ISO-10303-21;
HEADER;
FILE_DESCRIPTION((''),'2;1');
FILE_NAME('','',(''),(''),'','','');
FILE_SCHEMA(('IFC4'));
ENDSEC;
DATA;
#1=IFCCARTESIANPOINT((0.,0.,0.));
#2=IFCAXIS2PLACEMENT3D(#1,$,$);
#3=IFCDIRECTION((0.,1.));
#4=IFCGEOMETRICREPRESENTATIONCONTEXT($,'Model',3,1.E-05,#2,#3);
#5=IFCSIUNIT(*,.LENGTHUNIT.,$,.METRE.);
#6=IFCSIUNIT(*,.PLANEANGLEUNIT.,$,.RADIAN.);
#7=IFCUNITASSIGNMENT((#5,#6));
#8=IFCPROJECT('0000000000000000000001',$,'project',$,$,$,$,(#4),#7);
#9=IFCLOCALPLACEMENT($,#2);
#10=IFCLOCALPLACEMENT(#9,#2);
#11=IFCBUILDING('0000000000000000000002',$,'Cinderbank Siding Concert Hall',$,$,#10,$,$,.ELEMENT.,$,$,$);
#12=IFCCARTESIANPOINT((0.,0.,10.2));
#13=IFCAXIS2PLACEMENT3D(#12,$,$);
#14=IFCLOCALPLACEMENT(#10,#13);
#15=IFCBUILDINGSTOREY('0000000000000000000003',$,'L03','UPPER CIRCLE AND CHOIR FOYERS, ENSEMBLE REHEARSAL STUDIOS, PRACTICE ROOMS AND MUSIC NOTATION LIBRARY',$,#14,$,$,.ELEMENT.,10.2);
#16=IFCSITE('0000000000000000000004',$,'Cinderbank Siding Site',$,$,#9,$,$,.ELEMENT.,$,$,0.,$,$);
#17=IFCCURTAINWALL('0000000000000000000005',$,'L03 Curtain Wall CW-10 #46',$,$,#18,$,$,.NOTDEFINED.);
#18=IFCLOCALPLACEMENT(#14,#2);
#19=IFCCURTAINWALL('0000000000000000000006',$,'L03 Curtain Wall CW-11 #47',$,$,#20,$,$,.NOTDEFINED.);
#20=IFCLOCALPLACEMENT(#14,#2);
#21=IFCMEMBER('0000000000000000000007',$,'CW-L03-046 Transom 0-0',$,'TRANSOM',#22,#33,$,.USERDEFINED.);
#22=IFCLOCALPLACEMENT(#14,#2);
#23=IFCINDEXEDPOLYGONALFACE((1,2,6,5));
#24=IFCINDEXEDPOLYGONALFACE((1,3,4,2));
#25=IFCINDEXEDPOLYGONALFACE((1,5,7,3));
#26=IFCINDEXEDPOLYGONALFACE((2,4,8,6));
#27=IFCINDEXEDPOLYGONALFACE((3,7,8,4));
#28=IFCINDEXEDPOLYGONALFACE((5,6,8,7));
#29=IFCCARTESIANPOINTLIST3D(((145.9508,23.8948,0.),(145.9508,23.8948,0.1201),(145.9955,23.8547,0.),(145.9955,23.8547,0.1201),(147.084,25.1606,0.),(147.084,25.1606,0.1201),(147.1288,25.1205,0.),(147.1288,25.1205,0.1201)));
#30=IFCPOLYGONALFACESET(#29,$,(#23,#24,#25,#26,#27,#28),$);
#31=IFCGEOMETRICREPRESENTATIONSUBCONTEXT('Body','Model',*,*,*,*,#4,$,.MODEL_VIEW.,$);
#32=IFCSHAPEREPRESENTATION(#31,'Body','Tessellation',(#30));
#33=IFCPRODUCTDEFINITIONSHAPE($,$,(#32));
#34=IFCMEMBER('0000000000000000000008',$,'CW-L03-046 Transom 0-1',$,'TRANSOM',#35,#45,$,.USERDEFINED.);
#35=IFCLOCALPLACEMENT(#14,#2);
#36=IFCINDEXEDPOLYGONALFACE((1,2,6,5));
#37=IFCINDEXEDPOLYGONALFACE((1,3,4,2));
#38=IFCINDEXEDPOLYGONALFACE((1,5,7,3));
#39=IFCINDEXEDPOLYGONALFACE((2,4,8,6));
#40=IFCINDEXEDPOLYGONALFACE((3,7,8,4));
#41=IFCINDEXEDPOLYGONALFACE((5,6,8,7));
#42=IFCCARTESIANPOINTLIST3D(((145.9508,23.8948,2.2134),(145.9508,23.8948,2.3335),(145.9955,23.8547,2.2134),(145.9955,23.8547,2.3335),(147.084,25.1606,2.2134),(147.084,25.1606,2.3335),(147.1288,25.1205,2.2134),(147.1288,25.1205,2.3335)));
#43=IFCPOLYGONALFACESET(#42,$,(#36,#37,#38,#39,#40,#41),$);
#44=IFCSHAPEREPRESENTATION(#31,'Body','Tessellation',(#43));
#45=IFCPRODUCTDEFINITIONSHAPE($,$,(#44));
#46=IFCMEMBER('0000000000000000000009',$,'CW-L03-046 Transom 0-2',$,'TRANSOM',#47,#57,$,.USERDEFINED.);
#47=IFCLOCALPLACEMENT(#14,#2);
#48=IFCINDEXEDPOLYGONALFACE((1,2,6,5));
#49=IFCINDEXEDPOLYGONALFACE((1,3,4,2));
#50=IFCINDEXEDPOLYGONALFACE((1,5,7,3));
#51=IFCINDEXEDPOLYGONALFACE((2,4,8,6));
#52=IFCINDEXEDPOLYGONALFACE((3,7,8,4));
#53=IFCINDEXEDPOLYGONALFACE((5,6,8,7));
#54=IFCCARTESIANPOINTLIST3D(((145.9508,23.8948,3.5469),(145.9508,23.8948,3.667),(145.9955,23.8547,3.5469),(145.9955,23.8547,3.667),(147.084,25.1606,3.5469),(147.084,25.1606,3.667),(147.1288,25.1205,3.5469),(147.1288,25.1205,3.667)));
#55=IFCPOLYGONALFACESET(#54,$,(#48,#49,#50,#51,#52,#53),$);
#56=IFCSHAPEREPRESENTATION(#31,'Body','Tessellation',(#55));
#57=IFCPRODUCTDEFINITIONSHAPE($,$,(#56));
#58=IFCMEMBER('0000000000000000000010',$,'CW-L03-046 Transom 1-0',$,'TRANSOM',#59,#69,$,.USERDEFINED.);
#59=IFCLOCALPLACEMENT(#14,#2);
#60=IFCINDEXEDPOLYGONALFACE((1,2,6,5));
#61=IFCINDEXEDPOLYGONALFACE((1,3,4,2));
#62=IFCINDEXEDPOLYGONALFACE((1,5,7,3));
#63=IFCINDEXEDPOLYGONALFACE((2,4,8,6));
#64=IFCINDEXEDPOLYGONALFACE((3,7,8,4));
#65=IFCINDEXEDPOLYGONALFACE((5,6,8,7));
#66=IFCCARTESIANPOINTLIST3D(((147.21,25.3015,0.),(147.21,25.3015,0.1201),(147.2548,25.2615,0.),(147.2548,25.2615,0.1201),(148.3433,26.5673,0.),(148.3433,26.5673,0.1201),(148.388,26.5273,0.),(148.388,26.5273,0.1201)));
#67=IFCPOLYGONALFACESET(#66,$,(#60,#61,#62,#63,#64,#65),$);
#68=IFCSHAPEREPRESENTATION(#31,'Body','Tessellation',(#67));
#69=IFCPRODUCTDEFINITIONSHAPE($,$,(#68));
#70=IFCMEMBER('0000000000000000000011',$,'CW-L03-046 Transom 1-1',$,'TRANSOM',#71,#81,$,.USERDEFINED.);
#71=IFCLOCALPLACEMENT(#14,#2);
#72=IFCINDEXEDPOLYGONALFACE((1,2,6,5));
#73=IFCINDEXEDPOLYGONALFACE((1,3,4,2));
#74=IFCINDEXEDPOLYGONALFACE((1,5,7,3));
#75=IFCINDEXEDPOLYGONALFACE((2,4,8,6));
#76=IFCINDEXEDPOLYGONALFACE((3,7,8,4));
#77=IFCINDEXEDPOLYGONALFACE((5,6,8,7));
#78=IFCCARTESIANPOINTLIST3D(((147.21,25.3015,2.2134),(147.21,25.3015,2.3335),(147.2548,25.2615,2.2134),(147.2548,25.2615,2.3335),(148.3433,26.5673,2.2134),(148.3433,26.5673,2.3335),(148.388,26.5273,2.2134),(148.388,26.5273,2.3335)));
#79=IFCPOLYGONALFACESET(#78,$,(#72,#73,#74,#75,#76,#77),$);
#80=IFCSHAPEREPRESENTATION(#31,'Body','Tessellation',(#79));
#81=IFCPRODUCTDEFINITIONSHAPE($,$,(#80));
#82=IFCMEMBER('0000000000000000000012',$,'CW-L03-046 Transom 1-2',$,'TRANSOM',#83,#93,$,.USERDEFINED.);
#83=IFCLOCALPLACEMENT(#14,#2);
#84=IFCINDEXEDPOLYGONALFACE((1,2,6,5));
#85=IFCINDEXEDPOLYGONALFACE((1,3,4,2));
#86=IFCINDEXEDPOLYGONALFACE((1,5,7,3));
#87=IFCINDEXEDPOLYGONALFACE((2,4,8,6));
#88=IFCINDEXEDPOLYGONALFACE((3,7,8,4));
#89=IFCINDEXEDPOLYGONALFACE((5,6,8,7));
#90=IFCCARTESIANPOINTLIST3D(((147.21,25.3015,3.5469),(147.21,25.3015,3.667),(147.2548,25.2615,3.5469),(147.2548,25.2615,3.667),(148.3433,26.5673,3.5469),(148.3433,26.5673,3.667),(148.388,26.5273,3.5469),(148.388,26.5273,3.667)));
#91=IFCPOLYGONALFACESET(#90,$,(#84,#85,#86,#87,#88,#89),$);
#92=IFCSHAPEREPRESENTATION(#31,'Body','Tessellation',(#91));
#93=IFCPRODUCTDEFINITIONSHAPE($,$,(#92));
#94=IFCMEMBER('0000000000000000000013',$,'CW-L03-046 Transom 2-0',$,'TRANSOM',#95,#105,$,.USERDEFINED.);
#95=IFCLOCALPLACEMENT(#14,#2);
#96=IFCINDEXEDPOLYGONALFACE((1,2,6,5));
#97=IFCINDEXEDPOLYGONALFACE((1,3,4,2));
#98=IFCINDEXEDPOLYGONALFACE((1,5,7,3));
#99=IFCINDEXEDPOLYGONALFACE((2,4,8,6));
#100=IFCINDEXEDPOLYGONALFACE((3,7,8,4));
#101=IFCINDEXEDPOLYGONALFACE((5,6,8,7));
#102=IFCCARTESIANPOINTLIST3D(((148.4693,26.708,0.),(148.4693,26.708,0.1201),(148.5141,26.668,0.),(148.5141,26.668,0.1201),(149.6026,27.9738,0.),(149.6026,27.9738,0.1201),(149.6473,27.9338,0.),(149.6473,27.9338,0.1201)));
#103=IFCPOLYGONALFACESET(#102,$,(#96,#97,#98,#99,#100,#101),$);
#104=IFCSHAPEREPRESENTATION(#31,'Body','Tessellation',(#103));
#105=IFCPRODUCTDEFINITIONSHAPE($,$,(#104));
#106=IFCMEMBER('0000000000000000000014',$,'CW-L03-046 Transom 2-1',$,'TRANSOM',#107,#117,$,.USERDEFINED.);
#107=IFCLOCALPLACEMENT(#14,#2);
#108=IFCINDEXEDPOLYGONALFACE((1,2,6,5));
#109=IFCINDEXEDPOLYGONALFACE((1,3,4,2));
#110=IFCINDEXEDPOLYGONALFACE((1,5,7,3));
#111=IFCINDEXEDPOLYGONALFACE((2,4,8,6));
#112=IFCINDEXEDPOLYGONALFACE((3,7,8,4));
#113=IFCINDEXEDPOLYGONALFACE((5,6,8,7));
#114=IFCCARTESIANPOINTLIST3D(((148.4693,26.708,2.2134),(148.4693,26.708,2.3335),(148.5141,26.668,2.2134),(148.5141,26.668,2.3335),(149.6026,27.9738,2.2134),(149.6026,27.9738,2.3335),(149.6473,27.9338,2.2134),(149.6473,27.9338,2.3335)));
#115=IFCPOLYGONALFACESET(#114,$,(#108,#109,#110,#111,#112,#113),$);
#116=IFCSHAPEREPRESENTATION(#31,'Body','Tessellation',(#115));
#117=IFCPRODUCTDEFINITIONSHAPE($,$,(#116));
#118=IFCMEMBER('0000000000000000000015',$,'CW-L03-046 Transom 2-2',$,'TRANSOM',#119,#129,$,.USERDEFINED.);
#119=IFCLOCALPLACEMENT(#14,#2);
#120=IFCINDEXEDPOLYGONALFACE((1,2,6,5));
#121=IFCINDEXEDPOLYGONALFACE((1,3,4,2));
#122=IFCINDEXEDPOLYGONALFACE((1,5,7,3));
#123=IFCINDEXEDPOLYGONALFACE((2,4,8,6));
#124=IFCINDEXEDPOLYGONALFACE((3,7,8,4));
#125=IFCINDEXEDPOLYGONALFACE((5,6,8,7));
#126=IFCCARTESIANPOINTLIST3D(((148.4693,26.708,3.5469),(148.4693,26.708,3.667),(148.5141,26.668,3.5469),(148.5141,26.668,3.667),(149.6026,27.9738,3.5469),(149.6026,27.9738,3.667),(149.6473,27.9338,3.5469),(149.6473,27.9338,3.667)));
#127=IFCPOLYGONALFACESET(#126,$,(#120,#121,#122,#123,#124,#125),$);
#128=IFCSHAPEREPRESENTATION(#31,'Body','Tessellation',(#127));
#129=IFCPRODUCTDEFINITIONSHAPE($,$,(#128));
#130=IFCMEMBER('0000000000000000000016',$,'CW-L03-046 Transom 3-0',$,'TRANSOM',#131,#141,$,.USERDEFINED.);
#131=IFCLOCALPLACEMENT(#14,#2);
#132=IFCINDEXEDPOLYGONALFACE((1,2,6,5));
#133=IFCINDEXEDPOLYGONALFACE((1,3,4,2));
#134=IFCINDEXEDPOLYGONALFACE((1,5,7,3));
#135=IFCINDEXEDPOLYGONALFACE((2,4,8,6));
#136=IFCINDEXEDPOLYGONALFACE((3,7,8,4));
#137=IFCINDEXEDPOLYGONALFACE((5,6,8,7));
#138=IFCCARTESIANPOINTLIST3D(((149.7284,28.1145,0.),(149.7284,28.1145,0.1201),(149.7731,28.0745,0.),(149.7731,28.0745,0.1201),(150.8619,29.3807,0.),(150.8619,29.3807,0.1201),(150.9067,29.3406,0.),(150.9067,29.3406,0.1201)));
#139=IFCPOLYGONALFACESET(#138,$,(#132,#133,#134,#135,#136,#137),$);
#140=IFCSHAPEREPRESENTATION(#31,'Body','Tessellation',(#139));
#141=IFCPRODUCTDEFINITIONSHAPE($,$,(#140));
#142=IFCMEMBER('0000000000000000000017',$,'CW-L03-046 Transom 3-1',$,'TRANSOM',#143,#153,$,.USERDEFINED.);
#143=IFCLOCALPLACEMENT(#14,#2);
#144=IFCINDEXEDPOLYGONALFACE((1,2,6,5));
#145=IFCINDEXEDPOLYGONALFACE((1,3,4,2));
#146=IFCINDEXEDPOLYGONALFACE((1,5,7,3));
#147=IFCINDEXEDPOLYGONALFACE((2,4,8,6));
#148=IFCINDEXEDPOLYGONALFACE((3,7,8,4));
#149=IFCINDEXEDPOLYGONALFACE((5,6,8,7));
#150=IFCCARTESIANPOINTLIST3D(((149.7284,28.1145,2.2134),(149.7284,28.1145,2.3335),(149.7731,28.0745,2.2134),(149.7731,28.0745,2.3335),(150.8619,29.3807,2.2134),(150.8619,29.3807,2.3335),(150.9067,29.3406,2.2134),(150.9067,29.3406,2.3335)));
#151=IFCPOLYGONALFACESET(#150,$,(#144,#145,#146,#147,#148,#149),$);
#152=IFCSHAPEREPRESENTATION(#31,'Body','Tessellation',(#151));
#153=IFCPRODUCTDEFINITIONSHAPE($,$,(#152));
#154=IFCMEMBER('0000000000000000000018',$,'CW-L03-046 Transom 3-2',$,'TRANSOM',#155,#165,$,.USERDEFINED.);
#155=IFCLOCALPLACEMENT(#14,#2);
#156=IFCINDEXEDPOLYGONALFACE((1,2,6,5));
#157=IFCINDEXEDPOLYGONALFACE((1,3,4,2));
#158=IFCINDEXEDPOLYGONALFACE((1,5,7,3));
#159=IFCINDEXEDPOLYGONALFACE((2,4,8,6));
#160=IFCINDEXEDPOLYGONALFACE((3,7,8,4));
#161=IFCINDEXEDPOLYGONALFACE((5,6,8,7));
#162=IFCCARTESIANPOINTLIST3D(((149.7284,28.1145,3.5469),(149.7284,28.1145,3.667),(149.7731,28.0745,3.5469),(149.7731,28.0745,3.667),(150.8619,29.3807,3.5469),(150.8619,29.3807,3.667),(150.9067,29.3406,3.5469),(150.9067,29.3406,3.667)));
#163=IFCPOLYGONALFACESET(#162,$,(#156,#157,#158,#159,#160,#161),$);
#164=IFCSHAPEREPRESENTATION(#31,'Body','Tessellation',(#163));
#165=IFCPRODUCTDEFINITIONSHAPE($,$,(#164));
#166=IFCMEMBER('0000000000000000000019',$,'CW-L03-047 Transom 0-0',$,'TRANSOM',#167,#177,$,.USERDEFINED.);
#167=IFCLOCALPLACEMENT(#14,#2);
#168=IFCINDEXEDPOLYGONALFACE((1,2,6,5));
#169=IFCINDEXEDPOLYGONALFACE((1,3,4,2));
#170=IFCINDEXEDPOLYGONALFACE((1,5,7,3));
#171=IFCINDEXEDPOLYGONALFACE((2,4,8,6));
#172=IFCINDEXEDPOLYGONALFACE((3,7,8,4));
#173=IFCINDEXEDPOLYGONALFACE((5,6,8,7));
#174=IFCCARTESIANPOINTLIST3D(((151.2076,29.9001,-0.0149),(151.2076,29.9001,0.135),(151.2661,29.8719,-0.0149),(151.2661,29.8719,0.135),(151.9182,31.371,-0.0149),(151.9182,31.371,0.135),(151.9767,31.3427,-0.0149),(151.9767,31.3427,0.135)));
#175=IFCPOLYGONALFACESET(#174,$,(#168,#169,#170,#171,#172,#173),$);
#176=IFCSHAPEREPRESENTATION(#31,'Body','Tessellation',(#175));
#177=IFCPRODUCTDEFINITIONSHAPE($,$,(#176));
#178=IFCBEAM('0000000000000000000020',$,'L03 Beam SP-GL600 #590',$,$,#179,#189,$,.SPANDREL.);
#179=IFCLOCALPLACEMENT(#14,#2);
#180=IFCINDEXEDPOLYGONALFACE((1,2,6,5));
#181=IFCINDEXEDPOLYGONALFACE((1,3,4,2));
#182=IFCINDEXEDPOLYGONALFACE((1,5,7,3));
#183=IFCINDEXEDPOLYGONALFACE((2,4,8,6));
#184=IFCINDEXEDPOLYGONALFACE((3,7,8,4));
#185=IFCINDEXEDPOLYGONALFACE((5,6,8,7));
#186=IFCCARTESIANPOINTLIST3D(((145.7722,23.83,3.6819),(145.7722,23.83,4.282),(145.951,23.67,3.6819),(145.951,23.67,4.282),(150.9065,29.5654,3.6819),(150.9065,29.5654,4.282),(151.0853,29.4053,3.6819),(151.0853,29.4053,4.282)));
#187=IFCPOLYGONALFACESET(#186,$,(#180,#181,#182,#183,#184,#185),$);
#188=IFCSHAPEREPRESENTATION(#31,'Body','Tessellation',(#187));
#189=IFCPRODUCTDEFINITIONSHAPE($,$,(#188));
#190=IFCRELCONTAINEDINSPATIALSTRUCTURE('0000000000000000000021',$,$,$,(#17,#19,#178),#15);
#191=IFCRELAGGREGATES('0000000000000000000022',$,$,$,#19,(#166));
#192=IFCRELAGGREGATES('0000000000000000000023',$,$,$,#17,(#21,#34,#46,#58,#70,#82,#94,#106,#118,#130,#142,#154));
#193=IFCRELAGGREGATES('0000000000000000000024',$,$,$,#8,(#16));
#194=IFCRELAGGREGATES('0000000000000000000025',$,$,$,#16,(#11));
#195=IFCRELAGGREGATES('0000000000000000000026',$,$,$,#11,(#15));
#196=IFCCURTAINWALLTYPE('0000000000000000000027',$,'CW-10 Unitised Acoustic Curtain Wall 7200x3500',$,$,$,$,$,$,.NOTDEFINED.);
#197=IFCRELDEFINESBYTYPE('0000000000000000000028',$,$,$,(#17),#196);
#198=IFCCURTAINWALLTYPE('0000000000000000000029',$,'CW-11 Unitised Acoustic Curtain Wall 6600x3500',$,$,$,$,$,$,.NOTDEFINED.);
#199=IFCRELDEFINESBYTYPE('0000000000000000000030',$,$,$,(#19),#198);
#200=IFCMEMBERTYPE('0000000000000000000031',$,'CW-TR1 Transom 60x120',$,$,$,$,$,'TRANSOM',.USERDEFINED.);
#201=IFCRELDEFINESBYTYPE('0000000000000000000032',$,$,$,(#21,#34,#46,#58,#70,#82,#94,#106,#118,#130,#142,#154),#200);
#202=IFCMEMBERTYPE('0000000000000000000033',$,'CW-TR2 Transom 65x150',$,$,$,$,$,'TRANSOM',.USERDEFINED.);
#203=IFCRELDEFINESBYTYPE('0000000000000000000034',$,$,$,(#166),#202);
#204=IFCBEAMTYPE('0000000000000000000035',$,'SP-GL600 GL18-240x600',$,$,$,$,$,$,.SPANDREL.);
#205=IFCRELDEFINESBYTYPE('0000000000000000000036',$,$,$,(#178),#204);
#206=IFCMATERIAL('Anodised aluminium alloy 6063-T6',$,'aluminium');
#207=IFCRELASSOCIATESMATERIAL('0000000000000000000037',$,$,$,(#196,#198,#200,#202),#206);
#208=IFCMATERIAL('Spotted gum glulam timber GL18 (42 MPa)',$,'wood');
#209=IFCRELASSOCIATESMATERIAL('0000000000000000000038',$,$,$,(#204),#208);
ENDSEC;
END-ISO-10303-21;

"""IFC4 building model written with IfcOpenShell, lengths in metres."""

from ifc_helpers import new_model, si_unit, direction, frame, origin, origin_2d, place, context, subcontext, project, spatial, rectangle, extrude, material, material_profile, profile_set, type_object, element, aggregate, save


model = new_model("IFC4")

# Units and contexts
model_context = context("Model", 3, precision=1e-05, world=origin(), true_north=direction((0.0, 1.0)))
body_context = subcontext(model_context, "Body", "Model", "MODEL_VIEW")
ifc_project = project(units=[si_unit("LENGTHUNIT", "METRE"), si_unit("PLANEANGLEUNIT", "RADIAN")], contexts=[model_context])

# Site, building, storey
site_placement = place(None, origin())
site = spatial("IfcSite", under=ifc_project, at=site_placement, Name="Cinderbank Siding Site", CompositionType="ELEMENT", RefElevation=0.0)
building_placement = place(site_placement, origin())
building = spatial("IfcBuilding", under=site, at=building_placement, Name="Cinderbank Siding Concert Hall", CompositionType="ELEMENT")
storey_placement = place(building_placement, frame((0.0, 0.0, 10.2)))
storey = spatial("IfcBuildingStorey", under=building, at=storey_placement, Name="L03", Description="UPPER CIRCLE AND CHOIR FOYERS, ENSEMBLE REHEARSAL STUDIOS, PRACTICE ROOMS AND MUSIC NOTATION LIBRARY", CompositionType="ELEMENT", Elevation=10.2)

# Curtain wall
ifc_material_1 = material(Name="Anodised aluminium alloy 6063-T6", Category="aluminium")
curtain_wall_type_1 = type_object("IfcCurtainWallType", Name="CW-10 Unitised Acoustic Curtain Wall 7200x3500", PredefinedType="NOTDEFINED", material=ifc_material_1)
curtain_wall_1_placement = place(storey_placement, origin())
curtain_wall_1 = element("IfcCurtainWall", 1, at=curtain_wall_1_placement, inside=storey, type_object=curtain_wall_type_1, Name="L03 Curtain Wall CW-10 #46", PredefinedType="NOTDEFINED")

# Curtain wall
curtain_wall_type_2 = type_object("IfcCurtainWallType", Name="CW-11 Unitised Acoustic Curtain Wall 6600x3500", PredefinedType="NOTDEFINED", material=ifc_material_1)
curtain_wall_2_placement = place(storey_placement, origin())
curtain_wall_2 = element("IfcCurtainWall", 2, at=curtain_wall_2_placement, inside=storey, type_object=curtain_wall_type_2, Name="L03 Curtain Wall CW-11 #47", PredefinedType="NOTDEFINED")

# Members
ifc_material_profile_1 = material_profile(ifc_material_1, rectangle(XDim=0.0601, YDim=0.1201, at=origin_2d()), Name="ALU-TRAN-60x120", Category="LoadBearing")
ifc_profile_set_1 = profile_set([ifc_material_profile_1], Name="Anodised aluminium alloy 6063-T6")
member_type_1 = type_object("IfcMemberType", Name="CW-TR1 Transom 60x120", ElementType="TRANSOM", PredefinedType="USERDEFINED", material=ifc_profile_set_1)
member_1_placement = place(storey_placement, frame((145.9731, 23.8748, 0.0601), z_axis=(0.667017, 0.745042, 0.0), x_axis=(-0.745042, 0.667017, 0.0)))
member_1 = element("IfcMember", 3, at=member_1_placement, type_object=member_type_1, Name="CW-L03-046 Transom 0-0", ObjectType="TRANSOM", PredefinedType="USERDEFINED", context=body_context, shape_type="SweptSolid", body=[
    extrude(rectangle(XDim=0.0601, YDim=0.1201, at=origin_2d()), origin(), (0.0, 0.0, 1.0), 1.699),
])
member_2_placement = place(storey_placement, frame((145.9731, 23.8748, 2.2734), z_axis=(0.667017, 0.745042, 0.0), x_axis=(-0.745042, 0.667017, 0.0)))
member_2 = element("IfcMember", 4, at=member_2_placement, type_object=member_type_1, Name="CW-L03-046 Transom 0-1", ObjectType="TRANSOM", PredefinedType="USERDEFINED", context=body_context, shape_type="SweptSolid", body=[
    extrude(rectangle(XDim=0.0601, YDim=0.1201, at=origin_2d()), origin(), (0.0, 0.0, 1.0), 1.699),
])
member_3_placement = place(storey_placement, frame((145.9731, 23.8748, 3.6069), z_axis=(0.667017, 0.745042, 0.0), x_axis=(-0.745042, 0.667017, 0.0)))
member_3 = element("IfcMember", 5, at=member_3_placement, type_object=member_type_1, Name="CW-L03-046 Transom 0-2", ObjectType="TRANSOM", PredefinedType="USERDEFINED", context=body_context, shape_type="SweptSolid", body=[
    extrude(rectangle(XDim=0.0601, YDim=0.1201, at=origin_2d()), origin(), (0.0, 0.0, 1.0), 1.699),
])
member_4_placement = place(storey_placement, frame((147.2324, 25.2815, 0.0601), z_axis=(0.667017, 0.745042, 0.0), x_axis=(-0.745042, 0.667017, 0.0)))
member_4 = element("IfcMember", 6, at=member_4_placement, type_object=member_type_1, Name="CW-L03-046 Transom 1-0", ObjectType="TRANSOM", PredefinedType="USERDEFINED", context=body_context, shape_type="SweptSolid", body=[
    extrude(rectangle(XDim=0.0601, YDim=0.1201, at=origin_2d()), origin(), (0.0, 0.0, 1.0), 1.699),
])
member_5_placement = place(storey_placement, frame((147.2324, 25.2815, 2.2734), z_axis=(0.667017, 0.745042, 0.0), x_axis=(-0.745042, 0.667017, 0.0)))
member_5 = element("IfcMember", 7, at=member_5_placement, type_object=member_type_1, Name="CW-L03-046 Transom 1-1", ObjectType="TRANSOM", PredefinedType="USERDEFINED", context=body_context, shape_type="SweptSolid", body=[
    extrude(rectangle(XDim=0.0601, YDim=0.1201, at=origin_2d()), origin(), (0.0, 0.0, 1.0), 1.699),
])
member_6_placement = place(storey_placement, frame((147.2324, 25.2815, 3.6069), z_axis=(0.667017, 0.745042, 0.0), x_axis=(-0.745042, 0.667017, 0.0)))
member_6 = element("IfcMember", 8, at=member_6_placement, type_object=member_type_1, Name="CW-L03-046 Transom 1-2", ObjectType="TRANSOM", PredefinedType="USERDEFINED", context=body_context, shape_type="SweptSolid", body=[
    extrude(rectangle(XDim=0.0601, YDim=0.1201, at=origin_2d()), origin(), (0.0, 0.0, 1.0), 1.699),
])
member_7_placement = place(storey_placement, frame((148.4917, 26.688, 0.0601), z_axis=(0.667017, 0.745042, 0.0), x_axis=(-0.745042, 0.667017, 0.0)))
member_7 = element("IfcMember", 9, at=member_7_placement, type_object=member_type_1, Name="CW-L03-046 Transom 2-0", ObjectType="TRANSOM", PredefinedType="USERDEFINED", context=body_context, shape_type="SweptSolid", body=[
    extrude(rectangle(XDim=0.0601, YDim=0.1201, at=origin_2d()), origin(), (0.0, 0.0, 1.0), 1.699),
])
member_8_placement = place(storey_placement, frame((148.4917, 26.688, 2.2734), z_axis=(0.667017, 0.745042, 0.0), x_axis=(-0.745042, 0.667017, 0.0)))
member_8 = element("IfcMember", 10, at=member_8_placement, type_object=member_type_1, Name="CW-L03-046 Transom 2-1", ObjectType="TRANSOM", PredefinedType="USERDEFINED", context=body_context, shape_type="SweptSolid", body=[
    extrude(rectangle(XDim=0.0601, YDim=0.1201, at=origin_2d()), origin(), (0.0, 0.0, 1.0), 1.699),
])
member_9_placement = place(storey_placement, frame((148.4917, 26.688, 3.6069), z_axis=(0.667017, 0.745042, 0.0), x_axis=(-0.745042, 0.667017, 0.0)))
member_9 = element("IfcMember", 11, at=member_9_placement, type_object=member_type_1, Name="CW-L03-046 Transom 2-2", ObjectType="TRANSOM", PredefinedType="USERDEFINED", context=body_context, shape_type="SweptSolid", body=[
    extrude(rectangle(XDim=0.0601, YDim=0.1201, at=origin_2d()), origin(), (0.0, 0.0, 1.0), 1.699),
])
member_10_placement = place(storey_placement, frame((149.7507, 28.0945, 0.0601), z_axis=(0.667026, 0.745035, 0.0), x_axis=(-0.745035, 0.667026, 0.0)))
member_10 = element("IfcMember", 12, at=member_10_placement, type_object=member_type_1, Name="CW-L03-046 Transom 3-0", ObjectType="TRANSOM", PredefinedType="USERDEFINED", context=body_context, shape_type="SweptSolid", body=[
    extrude(rectangle(XDim=0.0601, YDim=0.1201, at=origin_2d()), origin(), (0.0, 0.0, 1.0), 1.6995),
])
member_11_placement = place(storey_placement, frame((149.7507, 28.0945, 2.2734), z_axis=(0.667026, 0.745035, 0.0), x_axis=(-0.745035, 0.667026, 0.0)))
member_11 = element("IfcMember", 13, at=member_11_placement, type_object=member_type_1, Name="CW-L03-046 Transom 3-1", ObjectType="TRANSOM", PredefinedType="USERDEFINED", context=body_context, shape_type="SweptSolid", body=[
    extrude(rectangle(XDim=0.0601, YDim=0.1201, at=origin_2d()), origin(), (0.0, 0.0, 1.0), 1.6995),
])
member_12_placement = place(storey_placement, frame((149.7507, 28.0945, 3.6069), z_axis=(0.667026, 0.745035, 0.0), x_axis=(-0.745035, 0.667026, 0.0)))
member_12 = element("IfcMember", 14, at=member_12_placement, type_object=member_type_1, Name="CW-L03-046 Transom 3-2", ObjectType="TRANSOM", PredefinedType="USERDEFINED", context=body_context, shape_type="SweptSolid", body=[
    extrude(rectangle(XDim=0.0601, YDim=0.1201, at=origin_2d()), origin(), (0.0, 0.0, 1.0), 1.6995),
])
ifc_material_profile_2 = material_profile(ifc_material_1, rectangle(XDim=0.0649, YDim=0.1499, at=origin_2d()), Name="ALU-TRAN-65x150", Category="LoadBearing")
ifc_profile_set_2 = profile_set([ifc_material_profile_2], Name="Anodised aluminium alloy 6063-T6")
member_type_2 = type_object("IfcMemberType", Name="CW-TR2 Transom 65x150", ElementType="TRANSOM", PredefinedType="USERDEFINED", material=ifc_profile_set_2)
member_13_placement = place(storey_placement, frame((151.2368, 29.886, 0.0601), z_axis=(0.435037, 0.900412, 0.0), x_axis=(-0.900412, 0.435037, 0.0)))
member_13 = element("IfcMember", 15, at=member_13_placement, type_object=member_type_2, Name="CW-L03-047 Transom 0-0", ObjectType="TRANSOM", PredefinedType="USERDEFINED", context=body_context, shape_type="SweptSolid", body=[
    extrude(rectangle(XDim=0.0649, YDim=0.1499, at=origin_2d()), origin(), (0.0, 0.0, 1.0), 1.6335),
])
aggregate(curtain_wall_2, [member_13])

# Beam
ifc_material_2 = material(Name="Spotted gum glulam timber GL18 (42 MPa)", Category="wood")
ifc_material_profile_3 = material_profile(ifc_material_2, rectangle(XDim=0.24, YDim=0.6001, at=origin_2d()), Name="GL18-240x600", Category="LoadBearing")
ifc_profile_set_3 = profile_set([ifc_material_profile_3], Name="Spotted gum glulam timber GL18 (42 MPa)")
beam_type = type_object("IfcBeamType", Name="SP-GL600 GL18-240x600", PredefinedType="SPANDREL", material=ifc_profile_set_3)
beam_1_placement = place(storey_placement, frame((145.8616, 23.75, 3.9819), z_axis=(0.666986, 0.74507, 0.0), x_axis=(-0.74507, 0.666986, 0.0)))
element("IfcBeam", 16, at=beam_1_placement, inside=storey, type_object=beam_type, Name="L03 Beam SP-GL600 #590", PredefinedType="SPANDREL", context=body_context, shape_type="SweptSolid", body=[
    extrude(rectangle(XDim=0.24, YDim=0.6001, at=origin_2d()), origin(), (0.0, 0.0, 1.0), 7.6978),
])

aggregate(curtain_wall_1, [member_1, member_2, member_3, member_4, member_5, member_6, member_7, member_8, member_9, member_10, member_11, member_12])

save(model, "model.ifc")
